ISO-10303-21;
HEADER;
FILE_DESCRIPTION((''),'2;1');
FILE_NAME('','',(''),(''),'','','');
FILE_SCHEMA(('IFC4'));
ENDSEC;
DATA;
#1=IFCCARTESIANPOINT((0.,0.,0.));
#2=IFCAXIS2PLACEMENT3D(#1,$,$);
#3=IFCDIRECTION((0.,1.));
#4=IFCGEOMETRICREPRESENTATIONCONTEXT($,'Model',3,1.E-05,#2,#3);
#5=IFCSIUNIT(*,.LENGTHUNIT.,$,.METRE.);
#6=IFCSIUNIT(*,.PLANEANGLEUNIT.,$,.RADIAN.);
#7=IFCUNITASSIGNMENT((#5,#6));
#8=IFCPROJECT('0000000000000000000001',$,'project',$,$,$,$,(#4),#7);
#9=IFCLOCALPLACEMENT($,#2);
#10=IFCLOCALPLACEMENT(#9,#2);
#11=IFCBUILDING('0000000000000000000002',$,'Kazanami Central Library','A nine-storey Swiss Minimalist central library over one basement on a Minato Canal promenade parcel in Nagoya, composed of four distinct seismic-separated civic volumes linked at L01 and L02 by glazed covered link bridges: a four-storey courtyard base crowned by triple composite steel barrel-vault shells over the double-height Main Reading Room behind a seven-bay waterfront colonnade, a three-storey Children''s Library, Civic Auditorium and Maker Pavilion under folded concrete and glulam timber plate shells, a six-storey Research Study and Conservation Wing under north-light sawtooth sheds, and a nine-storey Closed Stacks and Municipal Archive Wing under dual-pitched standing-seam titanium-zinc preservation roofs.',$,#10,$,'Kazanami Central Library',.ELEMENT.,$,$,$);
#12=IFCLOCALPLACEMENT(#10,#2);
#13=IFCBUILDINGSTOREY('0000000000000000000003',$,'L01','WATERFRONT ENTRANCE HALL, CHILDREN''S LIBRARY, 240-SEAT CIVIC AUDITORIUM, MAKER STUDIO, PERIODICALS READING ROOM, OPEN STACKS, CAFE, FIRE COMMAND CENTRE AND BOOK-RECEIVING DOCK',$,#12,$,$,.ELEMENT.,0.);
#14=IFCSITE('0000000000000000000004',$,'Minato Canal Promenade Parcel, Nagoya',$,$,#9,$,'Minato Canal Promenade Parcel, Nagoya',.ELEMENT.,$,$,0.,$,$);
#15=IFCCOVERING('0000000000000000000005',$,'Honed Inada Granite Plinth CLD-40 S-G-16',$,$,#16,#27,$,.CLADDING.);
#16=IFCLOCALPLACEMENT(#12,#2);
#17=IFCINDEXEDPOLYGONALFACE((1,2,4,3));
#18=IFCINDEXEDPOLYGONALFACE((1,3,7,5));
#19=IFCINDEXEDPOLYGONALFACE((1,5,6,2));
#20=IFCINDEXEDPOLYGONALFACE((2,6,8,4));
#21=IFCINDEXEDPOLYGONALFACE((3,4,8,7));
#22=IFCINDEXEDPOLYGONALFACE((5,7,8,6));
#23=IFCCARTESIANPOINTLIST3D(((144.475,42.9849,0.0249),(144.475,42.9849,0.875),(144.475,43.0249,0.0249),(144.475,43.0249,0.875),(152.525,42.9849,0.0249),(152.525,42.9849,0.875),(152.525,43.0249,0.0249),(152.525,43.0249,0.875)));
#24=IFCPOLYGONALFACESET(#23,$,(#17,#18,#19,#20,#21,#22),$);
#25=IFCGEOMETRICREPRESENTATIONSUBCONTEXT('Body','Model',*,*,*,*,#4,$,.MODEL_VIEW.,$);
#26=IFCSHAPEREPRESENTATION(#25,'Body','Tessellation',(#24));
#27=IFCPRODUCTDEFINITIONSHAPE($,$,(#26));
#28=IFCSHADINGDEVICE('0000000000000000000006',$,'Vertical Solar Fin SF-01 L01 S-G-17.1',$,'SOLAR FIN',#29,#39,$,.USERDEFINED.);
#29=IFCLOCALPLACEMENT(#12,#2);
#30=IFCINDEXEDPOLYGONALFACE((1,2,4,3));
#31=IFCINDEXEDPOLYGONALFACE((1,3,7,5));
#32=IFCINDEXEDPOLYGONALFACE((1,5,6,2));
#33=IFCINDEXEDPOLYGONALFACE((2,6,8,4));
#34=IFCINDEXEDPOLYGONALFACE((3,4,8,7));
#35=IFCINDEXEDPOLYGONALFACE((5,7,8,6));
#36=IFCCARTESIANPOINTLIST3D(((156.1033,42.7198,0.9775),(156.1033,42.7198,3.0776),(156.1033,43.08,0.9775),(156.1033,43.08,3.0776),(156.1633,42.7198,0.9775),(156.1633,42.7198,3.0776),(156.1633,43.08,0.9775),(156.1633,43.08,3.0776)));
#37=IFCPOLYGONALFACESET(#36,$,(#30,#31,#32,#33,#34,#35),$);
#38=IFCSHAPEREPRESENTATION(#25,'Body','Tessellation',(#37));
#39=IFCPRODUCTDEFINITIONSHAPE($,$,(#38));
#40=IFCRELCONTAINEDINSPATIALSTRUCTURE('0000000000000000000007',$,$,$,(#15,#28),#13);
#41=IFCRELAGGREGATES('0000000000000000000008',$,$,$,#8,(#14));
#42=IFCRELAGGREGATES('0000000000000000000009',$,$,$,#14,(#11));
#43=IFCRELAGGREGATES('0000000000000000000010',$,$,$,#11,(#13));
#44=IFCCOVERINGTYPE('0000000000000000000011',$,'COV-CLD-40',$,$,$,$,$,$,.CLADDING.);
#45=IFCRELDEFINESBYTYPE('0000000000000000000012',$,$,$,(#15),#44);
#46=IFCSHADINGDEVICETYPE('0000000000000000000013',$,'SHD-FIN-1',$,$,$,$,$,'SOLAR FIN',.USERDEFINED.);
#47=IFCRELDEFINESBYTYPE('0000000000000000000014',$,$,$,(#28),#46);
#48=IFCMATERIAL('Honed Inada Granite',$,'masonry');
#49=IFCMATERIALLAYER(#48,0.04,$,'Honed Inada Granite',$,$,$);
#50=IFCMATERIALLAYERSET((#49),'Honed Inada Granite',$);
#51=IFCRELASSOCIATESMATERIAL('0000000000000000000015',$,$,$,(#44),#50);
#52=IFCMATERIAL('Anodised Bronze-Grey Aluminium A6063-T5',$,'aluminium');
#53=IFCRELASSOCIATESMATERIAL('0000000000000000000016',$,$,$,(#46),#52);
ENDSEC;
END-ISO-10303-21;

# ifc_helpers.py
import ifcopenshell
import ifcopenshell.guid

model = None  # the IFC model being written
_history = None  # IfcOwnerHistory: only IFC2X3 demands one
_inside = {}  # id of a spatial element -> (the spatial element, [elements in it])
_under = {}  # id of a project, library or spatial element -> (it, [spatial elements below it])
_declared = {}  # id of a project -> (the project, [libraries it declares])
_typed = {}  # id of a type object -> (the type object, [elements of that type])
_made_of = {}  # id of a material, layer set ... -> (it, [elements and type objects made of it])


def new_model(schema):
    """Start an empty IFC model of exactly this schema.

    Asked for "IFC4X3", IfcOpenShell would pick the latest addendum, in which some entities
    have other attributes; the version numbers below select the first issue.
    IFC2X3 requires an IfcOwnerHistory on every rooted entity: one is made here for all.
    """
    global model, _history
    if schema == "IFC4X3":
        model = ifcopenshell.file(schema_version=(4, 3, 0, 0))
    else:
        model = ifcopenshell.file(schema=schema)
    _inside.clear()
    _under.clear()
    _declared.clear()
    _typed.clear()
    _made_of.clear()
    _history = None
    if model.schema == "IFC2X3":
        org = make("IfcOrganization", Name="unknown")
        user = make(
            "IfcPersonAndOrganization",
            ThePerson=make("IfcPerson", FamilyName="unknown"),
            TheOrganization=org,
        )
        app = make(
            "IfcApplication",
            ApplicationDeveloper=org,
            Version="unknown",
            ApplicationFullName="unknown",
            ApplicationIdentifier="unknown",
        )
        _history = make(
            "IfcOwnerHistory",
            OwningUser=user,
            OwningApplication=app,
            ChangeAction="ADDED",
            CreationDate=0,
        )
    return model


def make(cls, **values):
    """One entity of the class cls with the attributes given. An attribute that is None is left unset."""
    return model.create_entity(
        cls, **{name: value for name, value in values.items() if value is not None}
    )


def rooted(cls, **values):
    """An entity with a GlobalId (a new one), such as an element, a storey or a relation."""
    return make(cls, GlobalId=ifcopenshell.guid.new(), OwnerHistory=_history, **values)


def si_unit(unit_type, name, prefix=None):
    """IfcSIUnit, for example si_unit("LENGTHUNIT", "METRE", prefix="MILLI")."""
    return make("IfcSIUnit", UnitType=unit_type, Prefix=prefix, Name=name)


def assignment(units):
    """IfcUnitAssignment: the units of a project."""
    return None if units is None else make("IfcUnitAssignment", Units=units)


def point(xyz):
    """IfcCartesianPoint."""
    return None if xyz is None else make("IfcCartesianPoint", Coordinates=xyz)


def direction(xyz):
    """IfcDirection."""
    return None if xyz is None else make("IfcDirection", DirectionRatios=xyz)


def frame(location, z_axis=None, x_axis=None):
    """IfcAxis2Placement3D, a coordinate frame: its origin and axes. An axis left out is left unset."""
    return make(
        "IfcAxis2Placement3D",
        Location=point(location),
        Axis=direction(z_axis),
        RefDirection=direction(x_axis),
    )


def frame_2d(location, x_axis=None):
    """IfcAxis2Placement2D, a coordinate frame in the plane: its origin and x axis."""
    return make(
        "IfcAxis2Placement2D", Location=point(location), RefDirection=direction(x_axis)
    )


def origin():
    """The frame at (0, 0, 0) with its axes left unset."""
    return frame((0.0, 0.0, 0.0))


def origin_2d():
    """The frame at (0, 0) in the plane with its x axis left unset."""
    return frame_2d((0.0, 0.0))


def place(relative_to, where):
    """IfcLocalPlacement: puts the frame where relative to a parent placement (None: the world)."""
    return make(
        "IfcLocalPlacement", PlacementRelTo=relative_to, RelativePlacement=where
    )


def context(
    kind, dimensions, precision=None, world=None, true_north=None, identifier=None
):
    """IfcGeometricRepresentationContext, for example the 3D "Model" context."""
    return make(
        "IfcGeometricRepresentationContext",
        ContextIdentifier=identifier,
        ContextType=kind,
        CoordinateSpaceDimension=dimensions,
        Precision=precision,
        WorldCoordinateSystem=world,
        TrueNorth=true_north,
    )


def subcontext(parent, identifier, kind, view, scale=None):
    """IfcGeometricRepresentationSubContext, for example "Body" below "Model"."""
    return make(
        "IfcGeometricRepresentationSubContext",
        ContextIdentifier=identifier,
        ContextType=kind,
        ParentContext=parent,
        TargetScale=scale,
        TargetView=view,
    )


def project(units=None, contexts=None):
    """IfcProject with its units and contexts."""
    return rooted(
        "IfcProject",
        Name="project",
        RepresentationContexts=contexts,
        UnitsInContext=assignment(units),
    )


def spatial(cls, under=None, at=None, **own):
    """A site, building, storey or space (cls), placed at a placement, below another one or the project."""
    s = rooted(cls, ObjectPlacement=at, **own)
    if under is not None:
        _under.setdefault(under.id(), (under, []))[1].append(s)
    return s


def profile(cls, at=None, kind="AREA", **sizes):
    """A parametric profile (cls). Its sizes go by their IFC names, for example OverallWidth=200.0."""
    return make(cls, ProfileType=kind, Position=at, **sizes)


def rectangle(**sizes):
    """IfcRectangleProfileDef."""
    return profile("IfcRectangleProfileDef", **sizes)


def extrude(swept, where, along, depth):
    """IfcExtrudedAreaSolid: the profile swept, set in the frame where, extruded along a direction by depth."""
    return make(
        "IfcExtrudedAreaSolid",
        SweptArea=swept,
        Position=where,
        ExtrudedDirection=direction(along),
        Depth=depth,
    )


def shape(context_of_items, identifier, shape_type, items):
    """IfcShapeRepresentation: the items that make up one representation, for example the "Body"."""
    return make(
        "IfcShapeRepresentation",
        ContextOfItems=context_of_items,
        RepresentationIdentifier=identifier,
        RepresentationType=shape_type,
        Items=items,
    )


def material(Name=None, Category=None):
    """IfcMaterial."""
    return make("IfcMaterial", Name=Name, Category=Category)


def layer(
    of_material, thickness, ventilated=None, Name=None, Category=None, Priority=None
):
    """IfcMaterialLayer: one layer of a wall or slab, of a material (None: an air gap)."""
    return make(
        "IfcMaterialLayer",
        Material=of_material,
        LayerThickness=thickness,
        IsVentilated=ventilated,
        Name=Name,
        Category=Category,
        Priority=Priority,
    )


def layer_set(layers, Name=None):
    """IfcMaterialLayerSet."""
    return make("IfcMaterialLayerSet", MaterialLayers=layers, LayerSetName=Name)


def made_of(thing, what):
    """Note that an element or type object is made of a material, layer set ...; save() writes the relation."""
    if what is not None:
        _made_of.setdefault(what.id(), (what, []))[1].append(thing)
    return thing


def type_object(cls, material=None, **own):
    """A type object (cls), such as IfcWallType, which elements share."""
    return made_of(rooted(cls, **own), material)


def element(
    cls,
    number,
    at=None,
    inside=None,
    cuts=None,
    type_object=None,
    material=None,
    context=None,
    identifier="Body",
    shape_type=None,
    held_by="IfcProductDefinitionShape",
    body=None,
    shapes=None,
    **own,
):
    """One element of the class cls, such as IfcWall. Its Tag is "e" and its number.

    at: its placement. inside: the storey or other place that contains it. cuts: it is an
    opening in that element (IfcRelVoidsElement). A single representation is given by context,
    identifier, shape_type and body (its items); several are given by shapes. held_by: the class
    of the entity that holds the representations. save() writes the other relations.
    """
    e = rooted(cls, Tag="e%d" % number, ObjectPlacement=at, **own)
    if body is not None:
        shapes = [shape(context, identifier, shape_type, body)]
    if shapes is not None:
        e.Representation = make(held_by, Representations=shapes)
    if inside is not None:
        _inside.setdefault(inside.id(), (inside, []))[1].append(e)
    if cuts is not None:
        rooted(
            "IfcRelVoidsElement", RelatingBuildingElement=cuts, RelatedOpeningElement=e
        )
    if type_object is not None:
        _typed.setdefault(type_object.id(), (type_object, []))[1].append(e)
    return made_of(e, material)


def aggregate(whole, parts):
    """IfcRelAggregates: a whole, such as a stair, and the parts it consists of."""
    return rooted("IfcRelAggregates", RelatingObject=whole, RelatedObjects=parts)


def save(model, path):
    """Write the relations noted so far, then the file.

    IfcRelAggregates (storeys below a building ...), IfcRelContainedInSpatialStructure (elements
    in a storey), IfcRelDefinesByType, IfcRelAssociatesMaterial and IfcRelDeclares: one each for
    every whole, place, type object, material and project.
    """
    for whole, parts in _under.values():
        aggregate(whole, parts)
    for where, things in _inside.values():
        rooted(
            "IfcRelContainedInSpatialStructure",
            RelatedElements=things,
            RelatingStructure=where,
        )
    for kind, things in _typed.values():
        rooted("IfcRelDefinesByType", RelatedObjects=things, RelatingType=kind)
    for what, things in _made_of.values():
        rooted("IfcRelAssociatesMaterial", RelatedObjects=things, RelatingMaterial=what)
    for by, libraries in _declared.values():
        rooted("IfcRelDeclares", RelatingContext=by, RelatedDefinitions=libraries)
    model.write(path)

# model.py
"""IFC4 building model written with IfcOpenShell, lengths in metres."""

from ifc_helpers import new_model, si_unit, direction, frame, origin, origin_2d, place, context, subcontext, project, spatial, rectangle, extrude, material, layer, layer_set, type_object, element, save


model = new_model("IFC4")

# Units and contexts
model_context = context("Model", 3, precision=1e-05, world=origin(), true_north=direction((0.0, 1.0)))
body_context = subcontext(model_context, "Body", "Model", "MODEL_VIEW")
ifc_project = project(units=[si_unit("LENGTHUNIT", "METRE"), si_unit("PLANEANGLEUNIT", "RADIAN")], contexts=[model_context])

# Site, building, storey
site_placement = place(None, origin())
site = spatial("IfcSite", under=ifc_project, at=site_placement, Name="Minato Canal Promenade Parcel, Nagoya", LongName="Minato Canal Promenade Parcel, Nagoya", CompositionType="ELEMENT", RefElevation=0.0)
building_placement = place(site_placement, origin())
building = spatial("IfcBuilding", under=site, at=building_placement, Name="Kazanami Central Library", Description="A nine-storey Swiss Minimalist central library over one basement on a Minato Canal promenade parcel in Nagoya, composed of four distinct seismic-separated civic volumes linked at L01 and L02 by glazed covered link bridges: a four-storey courtyard base crowned by triple composite steel barrel-vault shells over the double-height Main Reading Room behind a seven-bay waterfront colonnade, a three-storey Children's Library, Civic Auditorium and Maker Pavilion under folded concrete and glulam timber plate shells, a six-storey Research Study and Conservation Wing under north-light sawtooth sheds, and a nine-storey Closed Stacks and Municipal Archive Wing under dual-pitched standing-seam titanium-zinc preservation roofs.", LongName="Kazanami Central Library", CompositionType="ELEMENT")
storey_placement = place(building_placement, origin())
storey = spatial("IfcBuildingStorey", under=building, at=storey_placement, Name="L01", Description="WATERFRONT ENTRANCE HALL, CHILDREN'S LIBRARY, 240-SEAT CIVIC AUDITORIUM, MAKER STUDIO, PERIODICALS READING ROOM, OPEN STACKS, CAFE, FIRE COMMAND CENTRE AND BOOK-RECEIVING DOCK", CompositionType="ELEMENT", Elevation=0.0)

# Shared definitions
ifc_material_1 = material(Name="Honed Inada Granite", Category="masonry")

# Covering
ifc_layer_1 = layer(ifc_material_1, 0.04, Name="Honed Inada Granite")
ifc_layer_set_1 = layer_set([ifc_layer_1], Name="Honed Inada Granite")
covering_type = type_object("IfcCoveringType", Name="COV-CLD-40", PredefinedType="CLADDING", material=ifc_layer_set_1)
covering_placement = place(storey_placement, frame((148.5, 43.0049, 0.0249), z_axis=(0.0, 0.0, 1.0), x_axis=(1.0, 0.0, 0.0)))
element("IfcCovering", 1, at=covering_placement, inside=storey, type_object=covering_type, Name="Honed Inada Granite Plinth CLD-40 S-G-16", PredefinedType="CLADDING", context=body_context, shape_type="SweptSolid", body=[
    extrude(rectangle(XDim=8.05, YDim=0.04, at=origin_2d()), origin(), (0.0, 0.0, 1.0), 0.8501),
])

# Shading device
ifc_material_2 = material(Name="Anodised Bronze-Grey Aluminium A6063-T5", Category="aluminium")
shading_device_type = type_object("IfcShadingDeviceType", Name="SHD-FIN-1", ElementType="SOLAR FIN", PredefinedType="USERDEFINED", material=ifc_material_2)
shading_device_placement = place(storey_placement, frame((156.1333, 42.8999, 0.9775), z_axis=(0.0, 0.0, 1.0), x_axis=(1.0, 0.0, 0.0)))
element("IfcShadingDevice", 2, at=shading_device_placement, inside=storey, type_object=shading_device_type, Name="Vertical Solar Fin SF-01 L01 S-G-17.1", ObjectType="SOLAR FIN", PredefinedType="USERDEFINED", context=body_context, shape_type="SweptSolid", body=[
    extrude(rectangle(XDim=0.0601, YDim=0.3601, at=origin_2d()), origin(), (0.0, 0.0, 1.0), 2.1001),
])

save(model, "model.ifc")
